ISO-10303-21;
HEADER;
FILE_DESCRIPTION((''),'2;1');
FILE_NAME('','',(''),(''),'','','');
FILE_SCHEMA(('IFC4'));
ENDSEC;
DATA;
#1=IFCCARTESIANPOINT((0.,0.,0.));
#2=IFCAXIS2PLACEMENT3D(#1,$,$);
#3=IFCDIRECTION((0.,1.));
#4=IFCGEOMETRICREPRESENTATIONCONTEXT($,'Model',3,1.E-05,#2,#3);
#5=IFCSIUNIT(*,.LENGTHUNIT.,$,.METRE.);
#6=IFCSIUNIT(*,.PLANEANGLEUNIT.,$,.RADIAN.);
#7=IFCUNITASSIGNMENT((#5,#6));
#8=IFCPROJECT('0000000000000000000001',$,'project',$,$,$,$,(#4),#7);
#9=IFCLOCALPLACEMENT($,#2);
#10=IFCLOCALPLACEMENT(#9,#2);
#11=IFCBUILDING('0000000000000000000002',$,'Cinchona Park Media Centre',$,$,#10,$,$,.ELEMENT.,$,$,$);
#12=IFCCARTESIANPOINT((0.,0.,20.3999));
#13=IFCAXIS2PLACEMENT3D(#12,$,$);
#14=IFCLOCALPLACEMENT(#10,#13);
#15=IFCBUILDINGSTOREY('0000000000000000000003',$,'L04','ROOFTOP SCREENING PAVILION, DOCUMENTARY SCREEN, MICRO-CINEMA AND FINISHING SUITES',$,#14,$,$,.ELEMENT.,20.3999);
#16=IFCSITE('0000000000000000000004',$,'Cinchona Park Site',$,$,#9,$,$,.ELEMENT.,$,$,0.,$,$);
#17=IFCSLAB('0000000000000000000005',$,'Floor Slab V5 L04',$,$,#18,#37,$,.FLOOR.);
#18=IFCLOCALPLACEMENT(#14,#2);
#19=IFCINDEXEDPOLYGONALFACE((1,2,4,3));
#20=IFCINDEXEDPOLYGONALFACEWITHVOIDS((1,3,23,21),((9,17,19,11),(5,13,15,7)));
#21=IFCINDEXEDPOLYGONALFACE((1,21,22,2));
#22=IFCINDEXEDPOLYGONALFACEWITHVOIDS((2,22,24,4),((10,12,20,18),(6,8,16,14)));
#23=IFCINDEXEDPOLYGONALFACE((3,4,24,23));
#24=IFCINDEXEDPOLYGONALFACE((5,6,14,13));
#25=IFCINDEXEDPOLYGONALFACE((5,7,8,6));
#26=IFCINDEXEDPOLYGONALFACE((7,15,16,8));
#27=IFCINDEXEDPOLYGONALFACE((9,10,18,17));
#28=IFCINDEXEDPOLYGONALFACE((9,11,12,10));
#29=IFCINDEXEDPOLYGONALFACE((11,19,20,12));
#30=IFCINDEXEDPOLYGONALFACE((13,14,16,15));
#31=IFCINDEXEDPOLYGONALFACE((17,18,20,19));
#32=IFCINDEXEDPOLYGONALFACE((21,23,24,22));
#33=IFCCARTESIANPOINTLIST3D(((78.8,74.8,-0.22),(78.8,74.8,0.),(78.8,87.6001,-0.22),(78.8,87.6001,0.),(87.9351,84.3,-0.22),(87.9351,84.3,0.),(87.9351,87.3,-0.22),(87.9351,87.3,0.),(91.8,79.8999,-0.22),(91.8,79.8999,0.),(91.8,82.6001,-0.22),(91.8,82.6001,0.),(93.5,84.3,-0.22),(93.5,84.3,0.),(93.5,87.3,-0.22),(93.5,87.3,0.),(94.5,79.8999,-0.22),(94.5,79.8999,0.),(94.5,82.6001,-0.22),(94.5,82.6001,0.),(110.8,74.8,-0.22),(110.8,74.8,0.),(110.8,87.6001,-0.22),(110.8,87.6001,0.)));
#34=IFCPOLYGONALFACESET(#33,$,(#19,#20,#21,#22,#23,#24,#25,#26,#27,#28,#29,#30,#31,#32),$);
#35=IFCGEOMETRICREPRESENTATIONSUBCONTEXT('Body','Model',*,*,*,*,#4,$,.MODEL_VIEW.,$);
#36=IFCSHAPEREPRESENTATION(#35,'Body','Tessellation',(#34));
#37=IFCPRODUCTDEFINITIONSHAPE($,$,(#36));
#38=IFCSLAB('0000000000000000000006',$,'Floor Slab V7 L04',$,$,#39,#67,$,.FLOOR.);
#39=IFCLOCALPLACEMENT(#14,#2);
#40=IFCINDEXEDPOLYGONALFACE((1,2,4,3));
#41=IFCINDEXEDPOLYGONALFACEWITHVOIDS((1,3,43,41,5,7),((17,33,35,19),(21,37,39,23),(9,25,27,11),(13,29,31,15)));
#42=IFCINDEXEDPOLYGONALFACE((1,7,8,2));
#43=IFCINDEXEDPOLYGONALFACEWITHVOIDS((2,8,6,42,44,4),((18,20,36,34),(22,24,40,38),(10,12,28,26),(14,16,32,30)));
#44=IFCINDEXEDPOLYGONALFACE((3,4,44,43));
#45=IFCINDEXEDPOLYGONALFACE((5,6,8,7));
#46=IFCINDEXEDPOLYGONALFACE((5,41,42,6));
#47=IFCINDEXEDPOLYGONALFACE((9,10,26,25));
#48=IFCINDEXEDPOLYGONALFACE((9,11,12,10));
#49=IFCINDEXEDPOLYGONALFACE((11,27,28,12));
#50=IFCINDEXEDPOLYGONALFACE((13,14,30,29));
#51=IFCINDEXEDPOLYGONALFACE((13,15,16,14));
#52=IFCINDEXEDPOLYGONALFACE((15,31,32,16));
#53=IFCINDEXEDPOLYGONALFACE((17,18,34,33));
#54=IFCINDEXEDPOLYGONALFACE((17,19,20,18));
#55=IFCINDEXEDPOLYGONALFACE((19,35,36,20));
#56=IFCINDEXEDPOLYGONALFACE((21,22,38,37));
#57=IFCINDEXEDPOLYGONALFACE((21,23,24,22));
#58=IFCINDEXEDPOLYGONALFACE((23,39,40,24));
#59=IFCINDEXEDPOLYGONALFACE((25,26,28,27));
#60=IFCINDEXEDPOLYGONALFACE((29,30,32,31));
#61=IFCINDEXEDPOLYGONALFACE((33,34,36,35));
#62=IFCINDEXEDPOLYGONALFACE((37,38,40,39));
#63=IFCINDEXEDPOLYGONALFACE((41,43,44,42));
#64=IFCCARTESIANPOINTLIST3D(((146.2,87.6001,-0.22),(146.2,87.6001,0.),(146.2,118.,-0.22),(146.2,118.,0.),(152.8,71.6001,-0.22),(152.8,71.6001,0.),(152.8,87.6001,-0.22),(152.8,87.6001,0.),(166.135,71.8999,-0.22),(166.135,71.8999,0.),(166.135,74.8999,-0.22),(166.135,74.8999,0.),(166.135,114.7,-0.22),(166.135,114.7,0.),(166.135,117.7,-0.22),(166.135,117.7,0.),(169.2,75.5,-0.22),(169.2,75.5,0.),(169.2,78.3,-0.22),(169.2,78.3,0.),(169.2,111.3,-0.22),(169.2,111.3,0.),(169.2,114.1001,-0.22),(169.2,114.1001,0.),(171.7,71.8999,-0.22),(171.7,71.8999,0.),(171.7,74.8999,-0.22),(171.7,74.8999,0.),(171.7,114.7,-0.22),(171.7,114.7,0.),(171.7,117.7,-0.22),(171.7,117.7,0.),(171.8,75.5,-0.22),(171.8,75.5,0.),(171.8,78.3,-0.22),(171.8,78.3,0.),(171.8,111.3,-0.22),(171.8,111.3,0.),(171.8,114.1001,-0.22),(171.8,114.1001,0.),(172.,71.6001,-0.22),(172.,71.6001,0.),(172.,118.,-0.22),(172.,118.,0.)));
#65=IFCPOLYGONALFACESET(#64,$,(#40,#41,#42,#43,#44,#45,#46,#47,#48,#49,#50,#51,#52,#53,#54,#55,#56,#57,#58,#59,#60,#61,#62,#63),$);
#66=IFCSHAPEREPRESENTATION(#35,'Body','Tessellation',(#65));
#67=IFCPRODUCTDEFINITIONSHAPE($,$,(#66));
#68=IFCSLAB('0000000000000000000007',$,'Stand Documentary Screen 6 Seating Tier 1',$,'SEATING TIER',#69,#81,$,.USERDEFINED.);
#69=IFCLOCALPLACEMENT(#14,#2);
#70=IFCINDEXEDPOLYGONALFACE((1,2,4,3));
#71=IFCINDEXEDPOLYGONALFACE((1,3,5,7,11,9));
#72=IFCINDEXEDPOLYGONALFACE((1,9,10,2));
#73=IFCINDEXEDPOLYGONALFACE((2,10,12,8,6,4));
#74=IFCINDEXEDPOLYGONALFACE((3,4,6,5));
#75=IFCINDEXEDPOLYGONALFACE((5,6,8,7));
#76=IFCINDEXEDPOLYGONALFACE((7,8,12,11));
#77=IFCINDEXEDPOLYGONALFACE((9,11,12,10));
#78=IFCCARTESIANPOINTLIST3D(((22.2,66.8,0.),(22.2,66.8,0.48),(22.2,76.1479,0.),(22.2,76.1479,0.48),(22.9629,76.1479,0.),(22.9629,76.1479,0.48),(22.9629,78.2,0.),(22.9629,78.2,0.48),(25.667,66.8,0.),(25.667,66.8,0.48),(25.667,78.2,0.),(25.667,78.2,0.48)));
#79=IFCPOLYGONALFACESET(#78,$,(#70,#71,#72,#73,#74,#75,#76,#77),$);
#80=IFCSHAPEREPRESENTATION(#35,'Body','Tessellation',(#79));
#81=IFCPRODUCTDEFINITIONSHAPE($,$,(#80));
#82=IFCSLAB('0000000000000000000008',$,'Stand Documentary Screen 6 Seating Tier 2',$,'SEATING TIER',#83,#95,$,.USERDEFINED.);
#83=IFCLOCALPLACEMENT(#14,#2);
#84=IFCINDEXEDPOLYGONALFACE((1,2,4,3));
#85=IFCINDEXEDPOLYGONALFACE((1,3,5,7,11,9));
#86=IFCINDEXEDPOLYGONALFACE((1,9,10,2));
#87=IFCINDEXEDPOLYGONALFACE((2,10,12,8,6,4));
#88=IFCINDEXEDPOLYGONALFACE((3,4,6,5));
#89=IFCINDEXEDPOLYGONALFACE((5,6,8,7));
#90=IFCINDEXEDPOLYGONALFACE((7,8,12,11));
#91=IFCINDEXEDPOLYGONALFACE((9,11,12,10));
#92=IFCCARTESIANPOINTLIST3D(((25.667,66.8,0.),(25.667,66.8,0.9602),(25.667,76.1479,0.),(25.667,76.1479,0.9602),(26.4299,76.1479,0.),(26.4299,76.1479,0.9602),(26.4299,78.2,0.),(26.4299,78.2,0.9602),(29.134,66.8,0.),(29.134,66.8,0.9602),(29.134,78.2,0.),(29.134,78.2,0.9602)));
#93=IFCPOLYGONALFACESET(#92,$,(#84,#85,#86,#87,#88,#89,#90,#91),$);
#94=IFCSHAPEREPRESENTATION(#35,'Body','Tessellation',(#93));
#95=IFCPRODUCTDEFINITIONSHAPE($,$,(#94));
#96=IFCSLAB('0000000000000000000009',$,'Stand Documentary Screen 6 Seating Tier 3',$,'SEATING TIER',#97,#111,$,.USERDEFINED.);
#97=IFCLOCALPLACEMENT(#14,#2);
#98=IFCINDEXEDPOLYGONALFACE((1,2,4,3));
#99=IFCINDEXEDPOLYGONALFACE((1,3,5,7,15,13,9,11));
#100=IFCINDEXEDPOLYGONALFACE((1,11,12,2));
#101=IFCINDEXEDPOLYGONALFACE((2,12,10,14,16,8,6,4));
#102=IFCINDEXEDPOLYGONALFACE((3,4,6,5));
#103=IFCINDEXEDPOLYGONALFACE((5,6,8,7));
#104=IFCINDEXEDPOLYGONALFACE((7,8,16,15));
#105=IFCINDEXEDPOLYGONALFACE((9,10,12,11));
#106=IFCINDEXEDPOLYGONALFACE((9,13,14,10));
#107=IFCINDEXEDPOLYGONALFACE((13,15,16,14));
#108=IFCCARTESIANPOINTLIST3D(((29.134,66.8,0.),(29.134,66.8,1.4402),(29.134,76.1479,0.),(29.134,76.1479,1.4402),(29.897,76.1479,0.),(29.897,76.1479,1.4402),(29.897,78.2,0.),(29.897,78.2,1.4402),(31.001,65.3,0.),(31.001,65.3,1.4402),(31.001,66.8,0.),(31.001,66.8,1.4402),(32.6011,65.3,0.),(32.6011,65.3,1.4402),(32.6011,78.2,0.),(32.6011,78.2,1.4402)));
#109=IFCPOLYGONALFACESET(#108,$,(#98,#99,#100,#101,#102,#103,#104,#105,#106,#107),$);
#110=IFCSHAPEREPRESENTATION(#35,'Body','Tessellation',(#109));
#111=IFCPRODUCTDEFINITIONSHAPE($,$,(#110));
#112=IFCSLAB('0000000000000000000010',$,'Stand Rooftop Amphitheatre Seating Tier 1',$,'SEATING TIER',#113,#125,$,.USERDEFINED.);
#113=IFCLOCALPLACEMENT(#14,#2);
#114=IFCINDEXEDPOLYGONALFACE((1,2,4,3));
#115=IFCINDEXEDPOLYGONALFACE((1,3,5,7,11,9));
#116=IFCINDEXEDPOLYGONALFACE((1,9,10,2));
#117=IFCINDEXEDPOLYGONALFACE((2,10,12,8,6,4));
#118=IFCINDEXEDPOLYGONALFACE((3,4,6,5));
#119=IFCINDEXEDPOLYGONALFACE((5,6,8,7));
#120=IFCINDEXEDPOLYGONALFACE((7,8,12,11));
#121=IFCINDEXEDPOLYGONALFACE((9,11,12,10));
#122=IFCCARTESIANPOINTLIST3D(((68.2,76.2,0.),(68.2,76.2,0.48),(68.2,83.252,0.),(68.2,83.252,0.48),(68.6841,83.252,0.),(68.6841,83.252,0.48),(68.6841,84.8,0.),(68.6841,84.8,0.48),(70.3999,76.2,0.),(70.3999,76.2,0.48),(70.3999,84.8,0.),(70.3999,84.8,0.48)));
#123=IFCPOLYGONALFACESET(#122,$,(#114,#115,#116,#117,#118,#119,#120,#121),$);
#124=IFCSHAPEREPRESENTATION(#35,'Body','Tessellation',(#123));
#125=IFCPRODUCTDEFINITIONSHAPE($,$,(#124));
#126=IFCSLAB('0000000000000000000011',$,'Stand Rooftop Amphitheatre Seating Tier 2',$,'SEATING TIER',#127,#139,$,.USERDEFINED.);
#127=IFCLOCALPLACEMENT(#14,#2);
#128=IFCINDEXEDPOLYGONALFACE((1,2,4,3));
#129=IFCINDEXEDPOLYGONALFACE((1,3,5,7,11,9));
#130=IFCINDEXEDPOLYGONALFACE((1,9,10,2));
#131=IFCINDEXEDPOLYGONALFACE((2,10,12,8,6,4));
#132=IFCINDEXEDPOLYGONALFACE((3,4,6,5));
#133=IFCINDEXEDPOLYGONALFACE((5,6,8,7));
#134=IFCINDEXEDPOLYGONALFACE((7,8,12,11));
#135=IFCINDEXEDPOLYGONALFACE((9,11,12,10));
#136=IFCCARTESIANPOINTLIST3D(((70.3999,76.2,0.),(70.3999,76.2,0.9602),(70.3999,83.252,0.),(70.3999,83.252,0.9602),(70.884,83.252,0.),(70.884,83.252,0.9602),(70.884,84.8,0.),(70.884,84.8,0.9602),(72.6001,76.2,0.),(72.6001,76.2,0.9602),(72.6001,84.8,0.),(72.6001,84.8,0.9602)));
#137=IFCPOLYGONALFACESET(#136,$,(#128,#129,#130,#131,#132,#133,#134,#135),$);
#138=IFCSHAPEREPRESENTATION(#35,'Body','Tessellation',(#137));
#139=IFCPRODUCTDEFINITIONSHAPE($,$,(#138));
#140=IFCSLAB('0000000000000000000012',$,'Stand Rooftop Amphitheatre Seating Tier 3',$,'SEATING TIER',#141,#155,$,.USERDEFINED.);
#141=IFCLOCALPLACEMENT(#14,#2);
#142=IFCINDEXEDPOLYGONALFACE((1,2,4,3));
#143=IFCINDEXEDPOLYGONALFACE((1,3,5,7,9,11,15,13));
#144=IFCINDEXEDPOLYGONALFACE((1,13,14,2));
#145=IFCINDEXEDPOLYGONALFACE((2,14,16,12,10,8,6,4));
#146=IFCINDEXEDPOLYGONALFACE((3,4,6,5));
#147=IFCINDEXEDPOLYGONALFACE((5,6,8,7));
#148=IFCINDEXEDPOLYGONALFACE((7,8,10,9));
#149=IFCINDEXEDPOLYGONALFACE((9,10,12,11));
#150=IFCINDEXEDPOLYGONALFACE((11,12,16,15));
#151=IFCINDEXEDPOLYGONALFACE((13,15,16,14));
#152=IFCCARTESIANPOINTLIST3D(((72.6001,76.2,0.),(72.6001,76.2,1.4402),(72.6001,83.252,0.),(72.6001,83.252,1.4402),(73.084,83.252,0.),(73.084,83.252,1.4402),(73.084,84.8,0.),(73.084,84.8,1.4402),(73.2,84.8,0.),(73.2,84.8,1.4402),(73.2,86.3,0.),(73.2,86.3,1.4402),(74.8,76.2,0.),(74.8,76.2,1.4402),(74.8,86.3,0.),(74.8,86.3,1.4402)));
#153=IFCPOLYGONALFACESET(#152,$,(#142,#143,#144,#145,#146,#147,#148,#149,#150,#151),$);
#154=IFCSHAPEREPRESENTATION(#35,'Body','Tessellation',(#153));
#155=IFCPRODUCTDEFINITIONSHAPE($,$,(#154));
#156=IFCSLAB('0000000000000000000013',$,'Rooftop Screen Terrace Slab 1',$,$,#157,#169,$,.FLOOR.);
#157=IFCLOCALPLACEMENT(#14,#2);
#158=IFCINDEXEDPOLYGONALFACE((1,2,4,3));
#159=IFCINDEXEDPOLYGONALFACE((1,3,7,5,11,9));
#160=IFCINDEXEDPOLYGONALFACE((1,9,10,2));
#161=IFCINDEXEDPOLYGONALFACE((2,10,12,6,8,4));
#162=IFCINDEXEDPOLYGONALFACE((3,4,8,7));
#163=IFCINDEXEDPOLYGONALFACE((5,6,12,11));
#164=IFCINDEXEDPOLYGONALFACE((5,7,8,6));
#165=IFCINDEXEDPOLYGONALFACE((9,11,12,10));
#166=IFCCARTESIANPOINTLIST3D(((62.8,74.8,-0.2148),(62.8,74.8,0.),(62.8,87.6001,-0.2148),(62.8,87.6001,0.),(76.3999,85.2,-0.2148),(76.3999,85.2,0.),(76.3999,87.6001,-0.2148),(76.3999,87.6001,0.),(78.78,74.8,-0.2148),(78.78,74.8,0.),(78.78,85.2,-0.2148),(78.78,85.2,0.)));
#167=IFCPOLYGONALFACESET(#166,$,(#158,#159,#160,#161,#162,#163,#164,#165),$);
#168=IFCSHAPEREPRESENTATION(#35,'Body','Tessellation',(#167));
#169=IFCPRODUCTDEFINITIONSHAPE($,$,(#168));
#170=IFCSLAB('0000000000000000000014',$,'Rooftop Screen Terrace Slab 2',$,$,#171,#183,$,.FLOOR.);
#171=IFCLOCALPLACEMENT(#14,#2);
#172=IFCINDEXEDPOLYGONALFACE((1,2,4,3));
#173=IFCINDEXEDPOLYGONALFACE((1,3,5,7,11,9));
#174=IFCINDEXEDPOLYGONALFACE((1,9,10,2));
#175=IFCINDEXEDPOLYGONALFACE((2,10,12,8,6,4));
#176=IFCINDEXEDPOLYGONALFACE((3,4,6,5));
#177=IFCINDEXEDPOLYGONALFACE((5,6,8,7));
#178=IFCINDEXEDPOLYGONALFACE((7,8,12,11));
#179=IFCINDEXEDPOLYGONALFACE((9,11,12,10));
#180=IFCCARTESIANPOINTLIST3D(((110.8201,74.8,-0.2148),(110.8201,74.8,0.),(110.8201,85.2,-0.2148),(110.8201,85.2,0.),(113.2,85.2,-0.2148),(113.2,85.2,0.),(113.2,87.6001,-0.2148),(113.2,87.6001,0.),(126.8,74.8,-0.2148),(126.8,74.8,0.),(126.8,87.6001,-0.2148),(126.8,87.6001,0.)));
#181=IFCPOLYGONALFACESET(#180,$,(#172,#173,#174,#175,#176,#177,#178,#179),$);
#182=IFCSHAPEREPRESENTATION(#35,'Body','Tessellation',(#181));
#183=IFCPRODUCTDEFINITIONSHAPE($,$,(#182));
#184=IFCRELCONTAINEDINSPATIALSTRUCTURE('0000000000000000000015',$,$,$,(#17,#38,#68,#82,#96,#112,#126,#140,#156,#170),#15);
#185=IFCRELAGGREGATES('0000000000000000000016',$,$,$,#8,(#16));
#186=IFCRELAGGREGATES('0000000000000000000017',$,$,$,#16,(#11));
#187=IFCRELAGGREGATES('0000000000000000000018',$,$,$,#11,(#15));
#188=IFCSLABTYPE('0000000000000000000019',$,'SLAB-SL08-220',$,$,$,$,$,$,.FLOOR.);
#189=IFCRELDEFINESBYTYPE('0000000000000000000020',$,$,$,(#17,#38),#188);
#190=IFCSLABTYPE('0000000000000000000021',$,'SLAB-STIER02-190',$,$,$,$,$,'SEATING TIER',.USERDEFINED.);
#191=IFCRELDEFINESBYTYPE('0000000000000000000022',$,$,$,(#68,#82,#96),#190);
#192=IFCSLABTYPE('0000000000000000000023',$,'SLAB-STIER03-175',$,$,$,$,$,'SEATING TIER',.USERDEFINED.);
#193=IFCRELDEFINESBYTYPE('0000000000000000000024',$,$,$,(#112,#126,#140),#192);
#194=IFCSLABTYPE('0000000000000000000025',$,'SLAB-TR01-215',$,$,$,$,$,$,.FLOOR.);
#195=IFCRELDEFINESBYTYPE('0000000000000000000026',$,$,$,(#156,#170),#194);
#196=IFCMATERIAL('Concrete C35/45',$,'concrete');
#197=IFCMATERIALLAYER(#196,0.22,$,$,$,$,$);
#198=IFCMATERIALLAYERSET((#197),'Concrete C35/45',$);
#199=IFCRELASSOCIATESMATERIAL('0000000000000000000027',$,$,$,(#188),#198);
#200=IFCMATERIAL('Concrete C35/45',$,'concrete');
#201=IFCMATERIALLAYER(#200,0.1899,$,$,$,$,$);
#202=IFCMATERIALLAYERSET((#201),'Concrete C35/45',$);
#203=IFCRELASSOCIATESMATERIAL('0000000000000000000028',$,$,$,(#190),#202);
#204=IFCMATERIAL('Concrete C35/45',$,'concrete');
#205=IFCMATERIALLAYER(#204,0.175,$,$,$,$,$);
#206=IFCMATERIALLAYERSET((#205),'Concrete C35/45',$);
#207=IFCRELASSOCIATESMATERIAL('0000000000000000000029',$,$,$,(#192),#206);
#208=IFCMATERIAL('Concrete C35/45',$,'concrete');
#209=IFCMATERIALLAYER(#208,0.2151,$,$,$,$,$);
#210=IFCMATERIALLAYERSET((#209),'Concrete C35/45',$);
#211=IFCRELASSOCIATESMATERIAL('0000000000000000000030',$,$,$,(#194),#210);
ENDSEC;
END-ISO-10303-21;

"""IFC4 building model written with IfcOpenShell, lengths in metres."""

from ifc_helpers import new_model, si_unit, direction, frame, origin, place, context, subcontext, project, spatial, polyline, outline, extrude, material, layer, layer_set, type_object, element, save


model = new_model("IFC4")

# Units and contexts
model_context = context("Model", 3, precision=1e-05, world=origin(), true_north=direction((0.0, 1.0)))
body_context = subcontext(model_context, "Body", "Model", "MODEL_VIEW")
ifc_project = project(units=[si_unit("LENGTHUNIT", "METRE"), si_unit("PLANEANGLEUNIT", "RADIAN")], contexts=[model_context])

# Site, building, storey
site_placement = place(None, origin())
site = spatial("IfcSite", under=ifc_project, at=site_placement, Name="Cinchona Park Site", CompositionType="ELEMENT", RefElevation=0.0)
building_placement = place(site_placement, origin())
building = spatial("IfcBuilding", under=site, at=building_placement, Name="Cinchona Park Media Centre", CompositionType="ELEMENT")
storey_placement = place(building_placement, frame((0.0, 0.0, 20.3999)))
storey = spatial("IfcBuildingStorey", under=building, at=storey_placement, Name="L04", Description="ROOFTOP SCREENING PAVILION, DOCUMENTARY SCREEN, MICRO-CINEMA AND FINISHING SUITES", CompositionType="ELEMENT", Elevation=20.3999)

# Slabs
ifc_material_1 = material(Name="Concrete C35/45", Category="concrete")
ifc_layer_1 = layer(ifc_material_1, 0.22)
ifc_layer_set_1 = layer_set([ifc_layer_1], Name="Concrete C35/45")
slab_type_1 = type_object("IfcSlabType", Name="SLAB-SL08-220", PredefinedType="FLOOR", material=ifc_layer_set_1)
slab_1_placement = place(storey_placement, frame((0.0, 0.0, -0.22)))
element("IfcSlab", 1, at=slab_1_placement, inside=storey, type_object=slab_type_1, Name="Floor Slab V5 L04", PredefinedType="FLOOR", context=body_context, shape_type="SweptSolid", body=[
    extrude(outline(polyline([(78.8, 74.8), (110.8, 74.8), (110.8, 87.6001), (78.8, 87.6001), (78.8, 74.8)]), holes=[polyline([(87.9351, 84.3), (93.5, 84.3), (93.5, 87.3), (87.9351, 87.3), (87.9351, 84.3)]), polyline([(91.8, 79.8999), (94.5, 79.8999), (94.5, 82.6001), (91.8, 82.6001), (91.8, 79.8999)])]), origin(), (0.0, 0.0, 1.0), 0.22),
])
slab_2_placement = place(storey_placement, frame((0.0, 0.0, -0.22)))
element("IfcSlab", 2, at=slab_2_placement, inside=storey, type_object=slab_type_1, Name="Floor Slab V7 L04", PredefinedType="FLOOR", context=body_context, shape_type="SweptSolid", body=[
    extrude(outline(polyline([(152.8, 71.6001), (172.0, 71.6001), (172.0, 118.0), (146.2, 118.0), (146.2, 87.6001), (152.8, 87.6001), (152.8, 71.6001)]), holes=[polyline([(166.135, 71.8999), (171.7, 71.8999), (171.7, 74.8999), (166.135, 74.8999), (166.135, 71.8999)]), polyline([(169.2, 75.5), (171.8, 75.5), (171.8, 78.3), (169.2, 78.3), (169.2, 75.5)]), polyline([(166.135, 114.7), (171.7, 114.7), (171.7, 117.7), (166.135, 117.7), (166.135, 114.7)]), polyline([(169.2, 111.3), (171.8, 111.3), (171.8, 114.1001), (169.2, 114.1001), (169.2, 111.3)])]), origin(), (0.0, 0.0, 1.0), 0.22),
])
ifc_material_2 = material(Name="Concrete C35/45", Category="concrete")
ifc_layer_2 = layer(ifc_material_2, 0.1899)
ifc_layer_set_2 = layer_set([ifc_layer_2], Name="Concrete C35/45")
slab_type_2 = type_object("IfcSlabType", Name="SLAB-STIER02-190", ElementType="SEATING TIER", PredefinedType="USERDEFINED", material=ifc_layer_set_2)
slab_3_placement = place(storey_placement, origin())
element("IfcSlab", 3, at=slab_3_placement, inside=storey, type_object=slab_type_2, Name="Stand Documentary Screen 6 Seating Tier 1", ObjectType="SEATING TIER", PredefinedType="USERDEFINED", context=body_context, shape_type="SweptSolid", body=[
    extrude(outline(polyline([(22.2, 66.8), (25.667, 66.8), (25.667, 78.2), (22.9629, 78.2), (22.9629, 76.1479), (22.2, 76.1479), (22.2, 66.8)])), origin(), (0.0, 0.0, 1.0), 0.48),
])
slab_4_placement = place(storey_placement, origin())
element("IfcSlab", 4, at=slab_4_placement, inside=storey, type_object=slab_type_2, Name="Stand Documentary Screen 6 Seating Tier 2", ObjectType="SEATING TIER", PredefinedType="USERDEFINED", context=body_context, shape_type="SweptSolid", body=[
    extrude(outline(polyline([(25.667, 66.8), (29.134, 66.8), (29.134, 78.2), (26.4299, 78.2), (26.4299, 76.1479), (25.667, 76.1479), (25.667, 66.8)])), origin(), (0.0, 0.0, 1.0), 0.9602),
])
slab_5_placement = place(storey_placement, origin())
element("IfcSlab", 5, at=slab_5_placement, inside=storey, type_object=slab_type_2, Name="Stand Documentary Screen 6 Seating Tier 3", ObjectType="SEATING TIER", PredefinedType="USERDEFINED", context=body_context, shape_type="SweptSolid", body=[
    extrude(outline(polyline([(29.134, 66.8), (31.001, 66.8), (31.001, 65.3), (32.6011, 65.3), (32.6011, 78.2), (29.897, 78.2), (29.897, 76.1479), (29.134, 76.1479), (29.134, 66.8)])), origin(), (0.0, 0.0, 1.0), 1.4402),
])
ifc_material_3 = material(Name="Concrete C35/45", Category="concrete")
ifc_layer_3 = layer(ifc_material_3, 0.175)
ifc_layer_set_3 = layer_set([ifc_layer_3], Name="Concrete C35/45")
slab_type_3 = type_object("IfcSlabType", Name="SLAB-STIER03-175", ElementType="SEATING TIER", PredefinedType="USERDEFINED", material=ifc_layer_set_3)
slab_6_placement = place(storey_placement, origin())
element("IfcSlab", 6, at=slab_6_placement, inside=storey, type_object=slab_type_3, Name="Stand Rooftop Amphitheatre Seating Tier 1", ObjectType="SEATING TIER", PredefinedType="USERDEFINED", context=body_context, shape_type="SweptSolid", body=[
    extrude(outline(polyline([(68.2, 76.2), (70.3999, 76.2), (70.3999, 84.8), (68.6841, 84.8), (68.6841, 83.252), (68.2, 83.252), (68.2, 76.2)])), origin(), (0.0, 0.0, 1.0), 0.48),
])
slab_7_placement = place(storey_placement, origin())
element("IfcSlab", 7, at=slab_7_placement, inside=storey, type_object=slab_type_3, Name="Stand Rooftop Amphitheatre Seating Tier 2", ObjectType="SEATING TIER", PredefinedType="USERDEFINED", context=body_context, shape_type="SweptSolid", body=[
    extrude(outline(polyline([(70.3999, 76.2), (72.6001, 76.2), (72.6001, 84.8), (70.884, 84.8), (70.884, 83.252), (70.3999, 83.252), (70.3999, 76.2)])), origin(), (0.0, 0.0, 1.0), 0.9602),
])
slab_8_placement = place(storey_placement, origin())
element("IfcSlab", 8, at=slab_8_placement, inside=storey, type_object=slab_type_3, Name="Stand Rooftop Amphitheatre Seating Tier 3", ObjectType="SEATING TIER", PredefinedType="USERDEFINED", context=body_context, shape_type="SweptSolid", body=[
    extrude(outline(polyline([(72.6001, 76.2), (74.8, 76.2), (74.8, 86.3), (73.2, 86.3), (73.2, 84.8), (73.084, 84.8), (73.084, 83.252), (72.6001, 83.252), (72.6001, 76.2)])), origin(), (0.0, 0.0, 1.0), 1.4402),
])
ifc_material_4 = material(Name="Concrete C35/45", Category="concrete")
ifc_layer_4 = layer(ifc_material_4, 0.2151)
ifc_layer_set_4 = layer_set([ifc_layer_4], Name="Concrete C35/45")
slab_type_4 = type_object("IfcSlabType", Name="SLAB-TR01-215", PredefinedType="FLOOR", material=ifc_layer_set_4)
slab_9_placement = place(storey_placement, frame((0.0, 0.0, -0.2148)))
element("IfcSlab", 9, at=slab_9_placement, inside=storey, type_object=slab_type_4, Name="Rooftop Screen Terrace Slab 1", PredefinedType="FLOOR", context=body_context, shape_type="SweptSolid", body=[
    extrude(outline(polyline([(62.8, 74.8), (62.8, 87.6001), (76.3999, 87.6001), (76.3999, 85.2), (78.78, 85.2), (78.78, 74.8), (62.8, 74.8)])), origin(), (0.0, 0.0, 1.0), 0.2148),
])
slab_10_placement = place(storey_placement, frame((0.0, 0.0, -0.2148)))
element("IfcSlab", 10, at=slab_10_placement, inside=storey, type_object=slab_type_4, Name="Rooftop Screen Terrace Slab 2", PredefinedType="FLOOR", context=body_context, shape_type="SweptSolid", body=[
    extrude(outline(polyline([(113.2, 85.2), (113.2, 87.6001), (126.8, 87.6001), (126.8, 74.8), (110.8201, 74.8), (110.8201, 85.2), (113.2, 85.2)])), origin(), (0.0, 0.0, 1.0), 0.2148),
])

save(model, "model.ifc")
